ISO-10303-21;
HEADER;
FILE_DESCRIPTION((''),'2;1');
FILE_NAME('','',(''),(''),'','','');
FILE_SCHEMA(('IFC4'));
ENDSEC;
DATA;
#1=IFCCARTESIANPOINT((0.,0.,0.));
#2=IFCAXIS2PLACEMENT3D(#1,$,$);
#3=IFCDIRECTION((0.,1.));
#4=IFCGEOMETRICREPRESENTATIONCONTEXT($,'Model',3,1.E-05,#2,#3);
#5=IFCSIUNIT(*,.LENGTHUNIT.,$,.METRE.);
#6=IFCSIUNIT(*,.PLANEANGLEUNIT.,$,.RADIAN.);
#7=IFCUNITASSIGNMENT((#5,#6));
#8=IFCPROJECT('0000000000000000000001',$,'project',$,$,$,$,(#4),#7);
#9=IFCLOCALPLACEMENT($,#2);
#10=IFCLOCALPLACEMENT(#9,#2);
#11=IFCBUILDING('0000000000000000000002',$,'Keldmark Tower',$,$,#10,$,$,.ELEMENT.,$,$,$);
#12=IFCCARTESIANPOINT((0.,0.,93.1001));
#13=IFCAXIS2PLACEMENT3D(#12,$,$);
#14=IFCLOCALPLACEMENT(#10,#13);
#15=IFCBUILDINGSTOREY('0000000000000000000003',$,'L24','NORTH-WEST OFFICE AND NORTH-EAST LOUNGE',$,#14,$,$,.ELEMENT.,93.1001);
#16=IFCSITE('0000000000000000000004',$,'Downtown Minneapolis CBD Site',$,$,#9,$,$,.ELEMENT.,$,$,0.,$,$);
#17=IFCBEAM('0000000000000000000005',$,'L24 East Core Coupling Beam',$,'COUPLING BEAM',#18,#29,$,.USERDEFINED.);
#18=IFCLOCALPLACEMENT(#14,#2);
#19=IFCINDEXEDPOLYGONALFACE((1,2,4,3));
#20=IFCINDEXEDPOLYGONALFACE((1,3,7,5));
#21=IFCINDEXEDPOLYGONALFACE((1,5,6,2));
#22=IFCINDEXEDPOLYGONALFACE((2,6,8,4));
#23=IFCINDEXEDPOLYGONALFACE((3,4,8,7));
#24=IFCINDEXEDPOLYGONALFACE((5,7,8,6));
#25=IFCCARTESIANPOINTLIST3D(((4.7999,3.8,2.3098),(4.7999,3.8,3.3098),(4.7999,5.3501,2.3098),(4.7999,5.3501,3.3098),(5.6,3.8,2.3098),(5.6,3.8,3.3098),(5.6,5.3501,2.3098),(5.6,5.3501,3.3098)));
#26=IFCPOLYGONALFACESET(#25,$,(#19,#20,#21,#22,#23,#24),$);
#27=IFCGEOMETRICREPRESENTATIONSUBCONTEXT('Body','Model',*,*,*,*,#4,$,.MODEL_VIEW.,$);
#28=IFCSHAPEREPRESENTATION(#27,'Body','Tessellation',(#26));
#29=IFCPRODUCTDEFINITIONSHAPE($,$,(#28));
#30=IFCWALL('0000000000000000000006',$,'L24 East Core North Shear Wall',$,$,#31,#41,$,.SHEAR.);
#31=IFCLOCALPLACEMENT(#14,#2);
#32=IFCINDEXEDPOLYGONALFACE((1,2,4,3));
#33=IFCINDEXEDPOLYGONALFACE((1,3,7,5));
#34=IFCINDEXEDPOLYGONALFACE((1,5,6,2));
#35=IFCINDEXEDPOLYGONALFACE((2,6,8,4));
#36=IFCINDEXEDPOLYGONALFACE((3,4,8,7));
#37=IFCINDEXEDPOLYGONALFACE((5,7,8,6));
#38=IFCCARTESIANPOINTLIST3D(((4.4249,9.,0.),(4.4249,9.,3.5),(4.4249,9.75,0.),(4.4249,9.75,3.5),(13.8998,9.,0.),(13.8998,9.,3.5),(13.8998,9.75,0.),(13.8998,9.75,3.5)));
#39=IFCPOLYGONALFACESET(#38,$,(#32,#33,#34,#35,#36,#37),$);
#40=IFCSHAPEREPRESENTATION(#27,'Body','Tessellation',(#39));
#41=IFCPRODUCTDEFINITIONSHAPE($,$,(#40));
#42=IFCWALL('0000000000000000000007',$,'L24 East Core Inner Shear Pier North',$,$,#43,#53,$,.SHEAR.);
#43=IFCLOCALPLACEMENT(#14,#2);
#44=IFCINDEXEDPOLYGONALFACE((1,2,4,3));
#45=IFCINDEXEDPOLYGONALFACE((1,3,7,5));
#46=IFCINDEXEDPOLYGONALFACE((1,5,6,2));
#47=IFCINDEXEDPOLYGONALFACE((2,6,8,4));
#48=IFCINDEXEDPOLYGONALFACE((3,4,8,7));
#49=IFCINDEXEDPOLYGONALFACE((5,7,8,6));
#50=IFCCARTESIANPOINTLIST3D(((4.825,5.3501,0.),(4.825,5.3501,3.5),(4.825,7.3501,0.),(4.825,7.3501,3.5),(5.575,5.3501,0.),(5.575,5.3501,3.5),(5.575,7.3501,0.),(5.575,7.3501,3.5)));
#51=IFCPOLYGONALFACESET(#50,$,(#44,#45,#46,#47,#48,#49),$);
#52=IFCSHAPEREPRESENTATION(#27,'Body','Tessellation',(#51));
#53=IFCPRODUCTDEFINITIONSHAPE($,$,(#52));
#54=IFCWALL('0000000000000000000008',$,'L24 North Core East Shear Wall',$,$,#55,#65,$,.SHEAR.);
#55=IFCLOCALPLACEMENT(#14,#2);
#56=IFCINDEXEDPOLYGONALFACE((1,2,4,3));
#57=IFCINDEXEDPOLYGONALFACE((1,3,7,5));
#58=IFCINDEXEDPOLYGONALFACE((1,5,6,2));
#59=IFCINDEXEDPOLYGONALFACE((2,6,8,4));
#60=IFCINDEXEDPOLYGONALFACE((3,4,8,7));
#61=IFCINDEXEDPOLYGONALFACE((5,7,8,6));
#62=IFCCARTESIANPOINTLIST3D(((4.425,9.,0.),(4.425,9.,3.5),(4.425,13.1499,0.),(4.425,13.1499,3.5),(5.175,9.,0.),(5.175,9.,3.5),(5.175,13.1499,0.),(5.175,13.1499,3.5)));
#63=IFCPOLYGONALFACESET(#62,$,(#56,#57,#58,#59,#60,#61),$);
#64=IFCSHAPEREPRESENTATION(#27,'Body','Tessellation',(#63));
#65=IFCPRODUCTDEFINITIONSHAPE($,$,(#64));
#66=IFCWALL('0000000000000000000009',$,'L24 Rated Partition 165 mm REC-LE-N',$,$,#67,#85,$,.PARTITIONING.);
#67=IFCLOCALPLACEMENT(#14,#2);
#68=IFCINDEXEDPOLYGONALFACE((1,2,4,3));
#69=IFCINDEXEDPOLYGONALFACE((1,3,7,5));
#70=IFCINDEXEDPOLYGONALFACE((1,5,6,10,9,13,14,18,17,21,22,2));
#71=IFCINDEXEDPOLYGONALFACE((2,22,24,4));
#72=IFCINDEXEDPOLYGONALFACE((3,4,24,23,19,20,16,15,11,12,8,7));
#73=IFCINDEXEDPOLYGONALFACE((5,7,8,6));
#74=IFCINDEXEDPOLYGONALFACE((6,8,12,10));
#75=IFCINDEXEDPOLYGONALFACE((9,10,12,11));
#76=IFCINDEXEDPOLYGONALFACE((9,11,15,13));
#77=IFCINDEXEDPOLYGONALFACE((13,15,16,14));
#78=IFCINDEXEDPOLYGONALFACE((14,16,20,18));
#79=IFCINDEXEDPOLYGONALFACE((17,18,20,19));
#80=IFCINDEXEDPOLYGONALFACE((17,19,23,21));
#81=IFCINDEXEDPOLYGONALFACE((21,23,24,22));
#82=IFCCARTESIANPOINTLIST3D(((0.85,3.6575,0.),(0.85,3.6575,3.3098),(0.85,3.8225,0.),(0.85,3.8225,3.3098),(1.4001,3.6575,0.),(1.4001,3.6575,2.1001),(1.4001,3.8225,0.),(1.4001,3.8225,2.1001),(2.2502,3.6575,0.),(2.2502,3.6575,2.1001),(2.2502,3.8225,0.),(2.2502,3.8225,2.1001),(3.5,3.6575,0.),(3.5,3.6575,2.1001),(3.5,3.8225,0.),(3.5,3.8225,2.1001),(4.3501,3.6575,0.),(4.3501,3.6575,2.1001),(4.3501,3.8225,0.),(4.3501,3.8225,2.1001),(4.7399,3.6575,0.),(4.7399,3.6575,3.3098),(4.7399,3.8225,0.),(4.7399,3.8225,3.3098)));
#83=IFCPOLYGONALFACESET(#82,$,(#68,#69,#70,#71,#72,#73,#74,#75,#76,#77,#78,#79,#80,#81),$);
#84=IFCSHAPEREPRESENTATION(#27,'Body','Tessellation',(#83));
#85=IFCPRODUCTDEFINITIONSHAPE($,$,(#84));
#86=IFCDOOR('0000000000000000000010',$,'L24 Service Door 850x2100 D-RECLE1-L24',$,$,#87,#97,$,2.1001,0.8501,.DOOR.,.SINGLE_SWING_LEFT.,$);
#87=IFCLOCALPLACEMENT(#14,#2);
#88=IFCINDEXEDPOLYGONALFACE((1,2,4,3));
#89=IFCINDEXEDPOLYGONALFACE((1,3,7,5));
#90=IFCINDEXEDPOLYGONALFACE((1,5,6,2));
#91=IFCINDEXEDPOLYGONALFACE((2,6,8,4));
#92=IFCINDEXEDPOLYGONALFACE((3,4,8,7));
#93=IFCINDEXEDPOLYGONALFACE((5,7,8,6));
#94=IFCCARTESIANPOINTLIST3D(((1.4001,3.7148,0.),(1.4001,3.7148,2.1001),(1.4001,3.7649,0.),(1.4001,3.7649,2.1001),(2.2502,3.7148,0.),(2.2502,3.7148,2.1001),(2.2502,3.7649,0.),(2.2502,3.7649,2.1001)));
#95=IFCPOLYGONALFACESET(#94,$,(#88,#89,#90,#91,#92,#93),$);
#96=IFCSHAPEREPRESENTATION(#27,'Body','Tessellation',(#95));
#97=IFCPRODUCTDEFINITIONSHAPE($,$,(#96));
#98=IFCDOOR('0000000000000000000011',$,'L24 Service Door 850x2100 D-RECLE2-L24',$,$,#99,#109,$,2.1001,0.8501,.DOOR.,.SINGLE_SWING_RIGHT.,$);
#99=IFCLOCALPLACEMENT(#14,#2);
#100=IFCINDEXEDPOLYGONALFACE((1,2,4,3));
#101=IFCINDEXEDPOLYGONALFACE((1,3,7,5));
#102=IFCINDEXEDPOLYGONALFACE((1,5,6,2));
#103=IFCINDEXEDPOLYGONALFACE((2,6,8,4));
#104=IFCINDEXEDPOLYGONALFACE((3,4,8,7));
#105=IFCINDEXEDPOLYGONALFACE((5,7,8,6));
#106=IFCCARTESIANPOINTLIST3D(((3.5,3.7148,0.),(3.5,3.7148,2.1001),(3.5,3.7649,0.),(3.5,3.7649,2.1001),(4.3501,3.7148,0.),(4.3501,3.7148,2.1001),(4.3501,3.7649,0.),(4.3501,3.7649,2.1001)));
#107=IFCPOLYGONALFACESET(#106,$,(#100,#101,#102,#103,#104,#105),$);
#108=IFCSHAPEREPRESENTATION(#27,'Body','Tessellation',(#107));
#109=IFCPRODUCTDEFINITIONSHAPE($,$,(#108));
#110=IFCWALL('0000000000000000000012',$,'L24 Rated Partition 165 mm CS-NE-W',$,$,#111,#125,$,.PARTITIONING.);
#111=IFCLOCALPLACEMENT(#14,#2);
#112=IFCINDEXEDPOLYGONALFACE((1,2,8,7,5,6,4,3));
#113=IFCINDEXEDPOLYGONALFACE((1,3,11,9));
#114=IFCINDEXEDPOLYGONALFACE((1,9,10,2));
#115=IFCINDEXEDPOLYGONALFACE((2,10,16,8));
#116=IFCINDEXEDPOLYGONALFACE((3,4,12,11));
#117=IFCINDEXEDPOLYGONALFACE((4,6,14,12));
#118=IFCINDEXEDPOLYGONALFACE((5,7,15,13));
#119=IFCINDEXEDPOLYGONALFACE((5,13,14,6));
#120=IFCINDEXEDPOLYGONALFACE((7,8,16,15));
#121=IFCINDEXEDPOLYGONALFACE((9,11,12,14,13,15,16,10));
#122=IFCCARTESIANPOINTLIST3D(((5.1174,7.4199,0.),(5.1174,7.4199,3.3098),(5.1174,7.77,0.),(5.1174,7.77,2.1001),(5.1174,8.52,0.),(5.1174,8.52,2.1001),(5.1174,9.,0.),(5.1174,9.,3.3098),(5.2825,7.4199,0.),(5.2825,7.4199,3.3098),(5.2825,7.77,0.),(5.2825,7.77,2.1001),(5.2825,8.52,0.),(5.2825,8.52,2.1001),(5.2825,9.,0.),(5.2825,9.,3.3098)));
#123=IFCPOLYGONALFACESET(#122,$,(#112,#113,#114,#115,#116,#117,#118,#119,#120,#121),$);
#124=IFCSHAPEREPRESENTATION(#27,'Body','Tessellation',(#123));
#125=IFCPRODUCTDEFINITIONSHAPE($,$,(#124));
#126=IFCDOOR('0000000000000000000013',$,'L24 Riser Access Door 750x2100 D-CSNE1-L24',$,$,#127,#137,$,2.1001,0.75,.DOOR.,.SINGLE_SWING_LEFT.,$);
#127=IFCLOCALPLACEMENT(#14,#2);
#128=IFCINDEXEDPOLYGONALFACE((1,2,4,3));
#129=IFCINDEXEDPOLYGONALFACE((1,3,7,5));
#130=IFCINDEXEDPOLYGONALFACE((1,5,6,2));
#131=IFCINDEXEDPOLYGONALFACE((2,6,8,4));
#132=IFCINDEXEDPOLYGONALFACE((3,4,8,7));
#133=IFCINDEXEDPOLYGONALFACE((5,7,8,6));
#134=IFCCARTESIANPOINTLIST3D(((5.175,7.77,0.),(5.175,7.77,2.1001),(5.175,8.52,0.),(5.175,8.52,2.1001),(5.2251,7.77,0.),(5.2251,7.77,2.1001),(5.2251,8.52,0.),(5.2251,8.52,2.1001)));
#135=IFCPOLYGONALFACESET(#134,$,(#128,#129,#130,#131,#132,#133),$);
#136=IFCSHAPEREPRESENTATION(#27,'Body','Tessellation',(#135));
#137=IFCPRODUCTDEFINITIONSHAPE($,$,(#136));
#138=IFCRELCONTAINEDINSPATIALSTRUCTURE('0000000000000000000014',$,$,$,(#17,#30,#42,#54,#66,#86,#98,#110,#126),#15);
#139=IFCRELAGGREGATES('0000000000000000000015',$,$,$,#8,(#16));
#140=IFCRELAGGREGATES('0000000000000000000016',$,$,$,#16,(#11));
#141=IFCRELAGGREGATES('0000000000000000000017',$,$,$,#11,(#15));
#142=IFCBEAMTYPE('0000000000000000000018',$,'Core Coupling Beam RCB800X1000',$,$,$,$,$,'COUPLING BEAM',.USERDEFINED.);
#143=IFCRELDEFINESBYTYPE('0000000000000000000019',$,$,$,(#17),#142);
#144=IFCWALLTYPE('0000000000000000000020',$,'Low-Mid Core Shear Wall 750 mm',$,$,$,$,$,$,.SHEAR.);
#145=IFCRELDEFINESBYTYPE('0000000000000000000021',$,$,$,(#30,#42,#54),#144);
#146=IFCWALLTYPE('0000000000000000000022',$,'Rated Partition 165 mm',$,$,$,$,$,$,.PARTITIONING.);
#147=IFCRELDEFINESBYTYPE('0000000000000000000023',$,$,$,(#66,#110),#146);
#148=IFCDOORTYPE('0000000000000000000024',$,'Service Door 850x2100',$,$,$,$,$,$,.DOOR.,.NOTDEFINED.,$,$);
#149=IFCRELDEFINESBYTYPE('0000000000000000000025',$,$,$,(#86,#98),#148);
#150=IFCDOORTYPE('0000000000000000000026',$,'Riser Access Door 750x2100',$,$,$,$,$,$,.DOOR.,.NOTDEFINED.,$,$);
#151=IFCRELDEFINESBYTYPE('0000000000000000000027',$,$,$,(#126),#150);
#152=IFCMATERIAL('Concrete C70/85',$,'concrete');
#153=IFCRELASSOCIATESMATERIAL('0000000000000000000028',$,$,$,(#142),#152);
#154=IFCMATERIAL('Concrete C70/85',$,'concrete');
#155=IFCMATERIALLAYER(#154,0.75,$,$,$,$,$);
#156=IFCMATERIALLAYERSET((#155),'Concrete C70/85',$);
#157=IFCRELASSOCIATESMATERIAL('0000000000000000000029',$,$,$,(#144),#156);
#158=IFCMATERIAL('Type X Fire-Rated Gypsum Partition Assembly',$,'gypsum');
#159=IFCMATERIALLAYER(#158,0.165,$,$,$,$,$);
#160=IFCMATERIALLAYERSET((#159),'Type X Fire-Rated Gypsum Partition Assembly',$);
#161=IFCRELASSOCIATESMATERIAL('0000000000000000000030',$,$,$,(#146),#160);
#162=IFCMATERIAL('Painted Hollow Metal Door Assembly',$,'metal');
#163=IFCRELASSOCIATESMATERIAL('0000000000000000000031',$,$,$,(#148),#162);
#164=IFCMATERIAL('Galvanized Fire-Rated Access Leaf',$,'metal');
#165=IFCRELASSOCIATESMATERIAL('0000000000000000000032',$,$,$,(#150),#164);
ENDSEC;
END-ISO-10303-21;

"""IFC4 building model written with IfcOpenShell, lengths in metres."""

from ifc_helpers import new_model, si_unit, direction, frame, frame_2d, origin, origin_2d, place, context, subcontext, project, spatial, rectangle, extrude, material, layer, layer_set, material_profile, profile_set, type_object, element, fill, save


model = new_model("IFC4")

# Units and contexts
model_context = context("Model", 3, precision=1e-05, world=origin(), true_north=direction((0.0, 1.0)))
body_context = subcontext(model_context, "Body", "Model", "MODEL_VIEW")
ifc_project = project(units=[si_unit("LENGTHUNIT", "METRE"), si_unit("PLANEANGLEUNIT", "RADIAN")], contexts=[model_context])

# Site, building, storey
site_placement = place(None, origin())
site = spatial("IfcSite", under=ifc_project, at=site_placement, Name="Downtown Minneapolis CBD Site", CompositionType="ELEMENT", RefElevation=0.0)
building_placement = place(site_placement, origin())
building = spatial("IfcBuilding", under=site, at=building_placement, Name="Keldmark Tower", CompositionType="ELEMENT")
storey_placement = place(building_placement, frame((0.0, 0.0, 93.1001)))
storey = spatial("IfcBuildingStorey", under=building, at=storey_placement, Name="L24", Description="NORTH-WEST OFFICE AND NORTH-EAST LOUNGE", CompositionType="ELEMENT", Elevation=93.1001)

# Beam
ifc_material_1 = material(Name="Concrete C70/85", Category="concrete")
ifc_material_profile = material_profile(ifc_material_1, rectangle(XDim=0.8, YDim=1.0, at=origin_2d()), Name="RCB800X1000")
ifc_profile_set = profile_set([ifc_material_profile], Name="Concrete C70/85")
beam_type = type_object("IfcBeamType", Name="Core Coupling Beam RCB800X1000", ElementType="COUPLING BEAM", PredefinedType="USERDEFINED", material=ifc_profile_set)
beam_placement = place(storey_placement, frame((5.2, 3.8, 2.8098), z_axis=(0.0, 1.0, 0.0), x_axis=(-1.0, 0.0, 0.0)))
element("IfcBeam", 1, at=beam_placement, inside=storey, type_object=beam_type, Name="L24 East Core Coupling Beam", ObjectType="COUPLING BEAM", PredefinedType="USERDEFINED", context=body_context, shape_type="SweptSolid", body=[
    extrude(rectangle(XDim=0.8, YDim=1.0, at=origin_2d()), origin(), (0.0, 0.0, 1.0), 1.55),
])

# Walls
ifc_material_2 = material(Name="Concrete C70/85", Category="concrete")
ifc_layer_1 = layer(ifc_material_2, 0.75)
ifc_layer_set_1 = layer_set([ifc_layer_1], Name="Concrete C70/85")
wall_type_1 = type_object("IfcWallType", Name="Low-Mid Core Shear Wall 750 mm", PredefinedType="SHEAR", material=ifc_layer_set_1)
wall_1_placement = place(storey_placement, frame((4.425, 9.375, 0.0), z_axis=(0.0, 0.0, 1.0), x_axis=(1.0, 0.0, 0.0)))
element("IfcWall", 2, at=wall_1_placement, inside=storey, type_object=wall_type_1, Name="L24 East Core North Shear Wall", PredefinedType="SHEAR", context=body_context, shape_type="SweptSolid", body=[
    extrude(rectangle(XDim=9.4749, YDim=0.75, at=frame_2d((4.7373, 0.0))), origin(), (0.0, 0.0, 1.0), 3.5),
])
wall_2_placement = place(storey_placement, frame((5.2, 5.3501, 0.0), z_axis=(0.0, 0.0, 1.0), x_axis=(0.0, 1.0, 0.0)))
element("IfcWall", 3, at=wall_2_placement, inside=storey, type_object=wall_type_1, Name="L24 East Core Inner Shear Pier North", PredefinedType="SHEAR", context=body_context, shape_type="SweptSolid", body=[
    extrude(rectangle(XDim=2.0, YDim=0.75, at=frame_2d((1.0, 0.0))), origin(), (0.0, 0.0, 1.0), 3.5),
])
wall_3_placement = place(storey_placement, frame((4.8, 9.0, 0.0), z_axis=(0.0, 0.0, 1.0), x_axis=(0.0, 1.0, 0.0)))
element("IfcWall", 4, at=wall_3_placement, inside=storey, type_object=wall_type_1, Name="L24 North Core East Shear Wall", PredefinedType="SHEAR", context=body_context, shape_type="SweptSolid", body=[
    extrude(rectangle(XDim=4.1499, YDim=0.75, at=frame_2d((2.075, 0.0))), origin(), (0.0, 0.0, 1.0), 3.5),
])

# Wall, openings, doors
ifc_material_3 = material(Name="Type X Fire-Rated Gypsum Partition Assembly", Category="gypsum")
ifc_layer_2 = layer(ifc_material_3, 0.165)
ifc_layer_set_2 = layer_set([ifc_layer_2], Name="Type X Fire-Rated Gypsum Partition Assembly")
wall_type_2 = type_object("IfcWallType", Name="Rated Partition 165 mm", PredefinedType="PARTITIONING", material=ifc_layer_set_2)
wall_4_placement = place(storey_placement, frame((0.8501, 3.74, 0.0), z_axis=(0.0, 0.0, 1.0), x_axis=(1.0, 0.0, 0.0)))
wall_4 = element("IfcWall", 5, at=wall_4_placement, inside=storey, type_object=wall_type_2, Name="L24 Rated Partition 165 mm REC-LE-N", PredefinedType="PARTITIONING", context=body_context, shape_type="SweptSolid", body=[
    extrude(rectangle(XDim=3.8899, YDim=0.165, at=frame_2d((1.9448, 0.0))), origin(), (0.0, 0.0, 1.0), 3.3098),
])
opening_1_placement = place(wall_4_placement, frame((0.55, 0.0, 0.0)))
opening_1 = element("IfcOpeningElement", 6, at=opening_1_placement, cuts=wall_4, PredefinedType="OPENING", context=body_context, shape_type="SweptSolid", body=[
    extrude(rectangle(XDim=0.8501, YDim=2.1001, at=frame_2d((0.425, 1.05))), frame((0.0, 0.0925, 0.0), z_axis=(0.0, -1.0, 0.0), x_axis=(1.0, 0.0, 0.0)), (0.0, 0.0, 1.0), 0.1851),
])
opening_2_placement = place(wall_4_placement, frame((2.6499, 0.0, 0.0)))
opening_2 = element("IfcOpeningElement", 7, at=opening_2_placement, cuts=wall_4, PredefinedType="OPENING", context=body_context, shape_type="SweptSolid", body=[
    extrude(rectangle(XDim=0.8501, YDim=2.1001, at=frame_2d((0.425, 1.05))), frame((0.0, 0.0925, 0.0), z_axis=(0.0, -1.0, 0.0), x_axis=(1.0, 0.0, 0.0)), (0.0, 0.0, 1.0), 0.1851),
])
ifc_material_4 = material(Name="Painted Hollow Metal Door Assembly", Category="metal")
door_type_1 = type_object("IfcDoorType", Name="Service Door 850x2100", OperationType="NOTDEFINED", PredefinedType="DOOR", material=ifc_material_4)
door_1_placement = place(opening_1_placement, origin())
door_1 = element("IfcDoor", 8, at=door_1_placement, inside=storey, type_object=door_type_1, Name="L24 Service Door 850x2100 D-RECLE1-L24", OperationType="SINGLE_SWING_LEFT", OverallHeight=2.1001, OverallWidth=0.8501, PredefinedType="DOOR", context=body_context, shape_type="SweptSolid", body=[
    extrude(rectangle(XDim=0.8501, YDim=2.1001, at=frame_2d((0.425, 1.05))), frame((0.0, 0.0249, 0.0), z_axis=(0.0, -1.0, 0.0), x_axis=(1.0, 0.0, 0.0)), (0.0, 0.0, 1.0), 0.05),
])
fill(opening_1, door_1)
door_2_placement = place(opening_2_placement, origin())
door_2 = element("IfcDoor", 9, at=door_2_placement, inside=storey, type_object=door_type_1, Name="L24 Service Door 850x2100 D-RECLE2-L24", OperationType="SINGLE_SWING_RIGHT", OverallHeight=2.1001, OverallWidth=0.8501, PredefinedType="DOOR", context=body_context, shape_type="SweptSolid", body=[
    extrude(rectangle(XDim=0.8501, YDim=2.1001, at=frame_2d((0.425, 1.05))), frame((0.0, 0.0249, 0.0), z_axis=(0.0, -1.0, 0.0), x_axis=(1.0, 0.0, 0.0)), (0.0, 0.0, 1.0), 0.05),
])
fill(opening_2, door_2)

# Wall, opening, door
wall_5_placement = place(storey_placement, frame((5.2, 7.4199, 0.0), z_axis=(0.0, 0.0, 1.0), x_axis=(0.0, 1.0, 0.0)))
wall_5 = element("IfcWall", 10, at=wall_5_placement, inside=storey, type_object=wall_type_2, Name="L24 Rated Partition 165 mm CS-NE-W", PredefinedType="PARTITIONING", context=body_context, shape_type="SweptSolid", body=[
    extrude(rectangle(XDim=1.5801, YDim=0.165, at=frame_2d((0.79, 0.0))), origin(), (0.0, 0.0, 1.0), 3.3098),
])
opening_3_placement = place(wall_5_placement, frame((0.3501, 0.0, 0.0)))
opening_3 = element("IfcOpeningElement", 11, at=opening_3_placement, cuts=wall_5, PredefinedType="OPENING", context=body_context, shape_type="SweptSolid", body=[
    extrude(rectangle(XDim=0.75, YDim=2.1001, at=frame_2d((0.375, 1.05))), frame((0.0, 0.0925, 0.0), z_axis=(0.0, -1.0, 0.0), x_axis=(1.0, 0.0, 0.0)), (0.0, 0.0, 1.0), 0.1851),
])
ifc_material_5 = material(Name="Galvanized Fire-Rated Access Leaf", Category="metal")
door_type_2 = type_object("IfcDoorType", Name="Riser Access Door 750x2100", OperationType="NOTDEFINED", PredefinedType="DOOR", material=ifc_material_5)
door_3_placement = place(opening_3_placement, origin())
door_3 = element("IfcDoor", 12, at=door_3_placement, inside=storey, type_object=door_type_2, Name="L24 Riser Access Door 750x2100 D-CSNE1-L24", OperationType="SINGLE_SWING_LEFT", OverallHeight=2.1001, OverallWidth=0.75, PredefinedType="DOOR", context=body_context, shape_type="SweptSolid", body=[
    extrude(rectangle(XDim=0.75, YDim=2.1001, at=frame_2d((0.375, 1.05))), frame((0.0, 0.0249, 0.0), z_axis=(0.0, -1.0, 0.0), x_axis=(1.0, 0.0, 0.0)), (0.0, 0.0, 1.0), 0.05),
])
fill(opening_3, door_3)

save(model, "model.ifc")
